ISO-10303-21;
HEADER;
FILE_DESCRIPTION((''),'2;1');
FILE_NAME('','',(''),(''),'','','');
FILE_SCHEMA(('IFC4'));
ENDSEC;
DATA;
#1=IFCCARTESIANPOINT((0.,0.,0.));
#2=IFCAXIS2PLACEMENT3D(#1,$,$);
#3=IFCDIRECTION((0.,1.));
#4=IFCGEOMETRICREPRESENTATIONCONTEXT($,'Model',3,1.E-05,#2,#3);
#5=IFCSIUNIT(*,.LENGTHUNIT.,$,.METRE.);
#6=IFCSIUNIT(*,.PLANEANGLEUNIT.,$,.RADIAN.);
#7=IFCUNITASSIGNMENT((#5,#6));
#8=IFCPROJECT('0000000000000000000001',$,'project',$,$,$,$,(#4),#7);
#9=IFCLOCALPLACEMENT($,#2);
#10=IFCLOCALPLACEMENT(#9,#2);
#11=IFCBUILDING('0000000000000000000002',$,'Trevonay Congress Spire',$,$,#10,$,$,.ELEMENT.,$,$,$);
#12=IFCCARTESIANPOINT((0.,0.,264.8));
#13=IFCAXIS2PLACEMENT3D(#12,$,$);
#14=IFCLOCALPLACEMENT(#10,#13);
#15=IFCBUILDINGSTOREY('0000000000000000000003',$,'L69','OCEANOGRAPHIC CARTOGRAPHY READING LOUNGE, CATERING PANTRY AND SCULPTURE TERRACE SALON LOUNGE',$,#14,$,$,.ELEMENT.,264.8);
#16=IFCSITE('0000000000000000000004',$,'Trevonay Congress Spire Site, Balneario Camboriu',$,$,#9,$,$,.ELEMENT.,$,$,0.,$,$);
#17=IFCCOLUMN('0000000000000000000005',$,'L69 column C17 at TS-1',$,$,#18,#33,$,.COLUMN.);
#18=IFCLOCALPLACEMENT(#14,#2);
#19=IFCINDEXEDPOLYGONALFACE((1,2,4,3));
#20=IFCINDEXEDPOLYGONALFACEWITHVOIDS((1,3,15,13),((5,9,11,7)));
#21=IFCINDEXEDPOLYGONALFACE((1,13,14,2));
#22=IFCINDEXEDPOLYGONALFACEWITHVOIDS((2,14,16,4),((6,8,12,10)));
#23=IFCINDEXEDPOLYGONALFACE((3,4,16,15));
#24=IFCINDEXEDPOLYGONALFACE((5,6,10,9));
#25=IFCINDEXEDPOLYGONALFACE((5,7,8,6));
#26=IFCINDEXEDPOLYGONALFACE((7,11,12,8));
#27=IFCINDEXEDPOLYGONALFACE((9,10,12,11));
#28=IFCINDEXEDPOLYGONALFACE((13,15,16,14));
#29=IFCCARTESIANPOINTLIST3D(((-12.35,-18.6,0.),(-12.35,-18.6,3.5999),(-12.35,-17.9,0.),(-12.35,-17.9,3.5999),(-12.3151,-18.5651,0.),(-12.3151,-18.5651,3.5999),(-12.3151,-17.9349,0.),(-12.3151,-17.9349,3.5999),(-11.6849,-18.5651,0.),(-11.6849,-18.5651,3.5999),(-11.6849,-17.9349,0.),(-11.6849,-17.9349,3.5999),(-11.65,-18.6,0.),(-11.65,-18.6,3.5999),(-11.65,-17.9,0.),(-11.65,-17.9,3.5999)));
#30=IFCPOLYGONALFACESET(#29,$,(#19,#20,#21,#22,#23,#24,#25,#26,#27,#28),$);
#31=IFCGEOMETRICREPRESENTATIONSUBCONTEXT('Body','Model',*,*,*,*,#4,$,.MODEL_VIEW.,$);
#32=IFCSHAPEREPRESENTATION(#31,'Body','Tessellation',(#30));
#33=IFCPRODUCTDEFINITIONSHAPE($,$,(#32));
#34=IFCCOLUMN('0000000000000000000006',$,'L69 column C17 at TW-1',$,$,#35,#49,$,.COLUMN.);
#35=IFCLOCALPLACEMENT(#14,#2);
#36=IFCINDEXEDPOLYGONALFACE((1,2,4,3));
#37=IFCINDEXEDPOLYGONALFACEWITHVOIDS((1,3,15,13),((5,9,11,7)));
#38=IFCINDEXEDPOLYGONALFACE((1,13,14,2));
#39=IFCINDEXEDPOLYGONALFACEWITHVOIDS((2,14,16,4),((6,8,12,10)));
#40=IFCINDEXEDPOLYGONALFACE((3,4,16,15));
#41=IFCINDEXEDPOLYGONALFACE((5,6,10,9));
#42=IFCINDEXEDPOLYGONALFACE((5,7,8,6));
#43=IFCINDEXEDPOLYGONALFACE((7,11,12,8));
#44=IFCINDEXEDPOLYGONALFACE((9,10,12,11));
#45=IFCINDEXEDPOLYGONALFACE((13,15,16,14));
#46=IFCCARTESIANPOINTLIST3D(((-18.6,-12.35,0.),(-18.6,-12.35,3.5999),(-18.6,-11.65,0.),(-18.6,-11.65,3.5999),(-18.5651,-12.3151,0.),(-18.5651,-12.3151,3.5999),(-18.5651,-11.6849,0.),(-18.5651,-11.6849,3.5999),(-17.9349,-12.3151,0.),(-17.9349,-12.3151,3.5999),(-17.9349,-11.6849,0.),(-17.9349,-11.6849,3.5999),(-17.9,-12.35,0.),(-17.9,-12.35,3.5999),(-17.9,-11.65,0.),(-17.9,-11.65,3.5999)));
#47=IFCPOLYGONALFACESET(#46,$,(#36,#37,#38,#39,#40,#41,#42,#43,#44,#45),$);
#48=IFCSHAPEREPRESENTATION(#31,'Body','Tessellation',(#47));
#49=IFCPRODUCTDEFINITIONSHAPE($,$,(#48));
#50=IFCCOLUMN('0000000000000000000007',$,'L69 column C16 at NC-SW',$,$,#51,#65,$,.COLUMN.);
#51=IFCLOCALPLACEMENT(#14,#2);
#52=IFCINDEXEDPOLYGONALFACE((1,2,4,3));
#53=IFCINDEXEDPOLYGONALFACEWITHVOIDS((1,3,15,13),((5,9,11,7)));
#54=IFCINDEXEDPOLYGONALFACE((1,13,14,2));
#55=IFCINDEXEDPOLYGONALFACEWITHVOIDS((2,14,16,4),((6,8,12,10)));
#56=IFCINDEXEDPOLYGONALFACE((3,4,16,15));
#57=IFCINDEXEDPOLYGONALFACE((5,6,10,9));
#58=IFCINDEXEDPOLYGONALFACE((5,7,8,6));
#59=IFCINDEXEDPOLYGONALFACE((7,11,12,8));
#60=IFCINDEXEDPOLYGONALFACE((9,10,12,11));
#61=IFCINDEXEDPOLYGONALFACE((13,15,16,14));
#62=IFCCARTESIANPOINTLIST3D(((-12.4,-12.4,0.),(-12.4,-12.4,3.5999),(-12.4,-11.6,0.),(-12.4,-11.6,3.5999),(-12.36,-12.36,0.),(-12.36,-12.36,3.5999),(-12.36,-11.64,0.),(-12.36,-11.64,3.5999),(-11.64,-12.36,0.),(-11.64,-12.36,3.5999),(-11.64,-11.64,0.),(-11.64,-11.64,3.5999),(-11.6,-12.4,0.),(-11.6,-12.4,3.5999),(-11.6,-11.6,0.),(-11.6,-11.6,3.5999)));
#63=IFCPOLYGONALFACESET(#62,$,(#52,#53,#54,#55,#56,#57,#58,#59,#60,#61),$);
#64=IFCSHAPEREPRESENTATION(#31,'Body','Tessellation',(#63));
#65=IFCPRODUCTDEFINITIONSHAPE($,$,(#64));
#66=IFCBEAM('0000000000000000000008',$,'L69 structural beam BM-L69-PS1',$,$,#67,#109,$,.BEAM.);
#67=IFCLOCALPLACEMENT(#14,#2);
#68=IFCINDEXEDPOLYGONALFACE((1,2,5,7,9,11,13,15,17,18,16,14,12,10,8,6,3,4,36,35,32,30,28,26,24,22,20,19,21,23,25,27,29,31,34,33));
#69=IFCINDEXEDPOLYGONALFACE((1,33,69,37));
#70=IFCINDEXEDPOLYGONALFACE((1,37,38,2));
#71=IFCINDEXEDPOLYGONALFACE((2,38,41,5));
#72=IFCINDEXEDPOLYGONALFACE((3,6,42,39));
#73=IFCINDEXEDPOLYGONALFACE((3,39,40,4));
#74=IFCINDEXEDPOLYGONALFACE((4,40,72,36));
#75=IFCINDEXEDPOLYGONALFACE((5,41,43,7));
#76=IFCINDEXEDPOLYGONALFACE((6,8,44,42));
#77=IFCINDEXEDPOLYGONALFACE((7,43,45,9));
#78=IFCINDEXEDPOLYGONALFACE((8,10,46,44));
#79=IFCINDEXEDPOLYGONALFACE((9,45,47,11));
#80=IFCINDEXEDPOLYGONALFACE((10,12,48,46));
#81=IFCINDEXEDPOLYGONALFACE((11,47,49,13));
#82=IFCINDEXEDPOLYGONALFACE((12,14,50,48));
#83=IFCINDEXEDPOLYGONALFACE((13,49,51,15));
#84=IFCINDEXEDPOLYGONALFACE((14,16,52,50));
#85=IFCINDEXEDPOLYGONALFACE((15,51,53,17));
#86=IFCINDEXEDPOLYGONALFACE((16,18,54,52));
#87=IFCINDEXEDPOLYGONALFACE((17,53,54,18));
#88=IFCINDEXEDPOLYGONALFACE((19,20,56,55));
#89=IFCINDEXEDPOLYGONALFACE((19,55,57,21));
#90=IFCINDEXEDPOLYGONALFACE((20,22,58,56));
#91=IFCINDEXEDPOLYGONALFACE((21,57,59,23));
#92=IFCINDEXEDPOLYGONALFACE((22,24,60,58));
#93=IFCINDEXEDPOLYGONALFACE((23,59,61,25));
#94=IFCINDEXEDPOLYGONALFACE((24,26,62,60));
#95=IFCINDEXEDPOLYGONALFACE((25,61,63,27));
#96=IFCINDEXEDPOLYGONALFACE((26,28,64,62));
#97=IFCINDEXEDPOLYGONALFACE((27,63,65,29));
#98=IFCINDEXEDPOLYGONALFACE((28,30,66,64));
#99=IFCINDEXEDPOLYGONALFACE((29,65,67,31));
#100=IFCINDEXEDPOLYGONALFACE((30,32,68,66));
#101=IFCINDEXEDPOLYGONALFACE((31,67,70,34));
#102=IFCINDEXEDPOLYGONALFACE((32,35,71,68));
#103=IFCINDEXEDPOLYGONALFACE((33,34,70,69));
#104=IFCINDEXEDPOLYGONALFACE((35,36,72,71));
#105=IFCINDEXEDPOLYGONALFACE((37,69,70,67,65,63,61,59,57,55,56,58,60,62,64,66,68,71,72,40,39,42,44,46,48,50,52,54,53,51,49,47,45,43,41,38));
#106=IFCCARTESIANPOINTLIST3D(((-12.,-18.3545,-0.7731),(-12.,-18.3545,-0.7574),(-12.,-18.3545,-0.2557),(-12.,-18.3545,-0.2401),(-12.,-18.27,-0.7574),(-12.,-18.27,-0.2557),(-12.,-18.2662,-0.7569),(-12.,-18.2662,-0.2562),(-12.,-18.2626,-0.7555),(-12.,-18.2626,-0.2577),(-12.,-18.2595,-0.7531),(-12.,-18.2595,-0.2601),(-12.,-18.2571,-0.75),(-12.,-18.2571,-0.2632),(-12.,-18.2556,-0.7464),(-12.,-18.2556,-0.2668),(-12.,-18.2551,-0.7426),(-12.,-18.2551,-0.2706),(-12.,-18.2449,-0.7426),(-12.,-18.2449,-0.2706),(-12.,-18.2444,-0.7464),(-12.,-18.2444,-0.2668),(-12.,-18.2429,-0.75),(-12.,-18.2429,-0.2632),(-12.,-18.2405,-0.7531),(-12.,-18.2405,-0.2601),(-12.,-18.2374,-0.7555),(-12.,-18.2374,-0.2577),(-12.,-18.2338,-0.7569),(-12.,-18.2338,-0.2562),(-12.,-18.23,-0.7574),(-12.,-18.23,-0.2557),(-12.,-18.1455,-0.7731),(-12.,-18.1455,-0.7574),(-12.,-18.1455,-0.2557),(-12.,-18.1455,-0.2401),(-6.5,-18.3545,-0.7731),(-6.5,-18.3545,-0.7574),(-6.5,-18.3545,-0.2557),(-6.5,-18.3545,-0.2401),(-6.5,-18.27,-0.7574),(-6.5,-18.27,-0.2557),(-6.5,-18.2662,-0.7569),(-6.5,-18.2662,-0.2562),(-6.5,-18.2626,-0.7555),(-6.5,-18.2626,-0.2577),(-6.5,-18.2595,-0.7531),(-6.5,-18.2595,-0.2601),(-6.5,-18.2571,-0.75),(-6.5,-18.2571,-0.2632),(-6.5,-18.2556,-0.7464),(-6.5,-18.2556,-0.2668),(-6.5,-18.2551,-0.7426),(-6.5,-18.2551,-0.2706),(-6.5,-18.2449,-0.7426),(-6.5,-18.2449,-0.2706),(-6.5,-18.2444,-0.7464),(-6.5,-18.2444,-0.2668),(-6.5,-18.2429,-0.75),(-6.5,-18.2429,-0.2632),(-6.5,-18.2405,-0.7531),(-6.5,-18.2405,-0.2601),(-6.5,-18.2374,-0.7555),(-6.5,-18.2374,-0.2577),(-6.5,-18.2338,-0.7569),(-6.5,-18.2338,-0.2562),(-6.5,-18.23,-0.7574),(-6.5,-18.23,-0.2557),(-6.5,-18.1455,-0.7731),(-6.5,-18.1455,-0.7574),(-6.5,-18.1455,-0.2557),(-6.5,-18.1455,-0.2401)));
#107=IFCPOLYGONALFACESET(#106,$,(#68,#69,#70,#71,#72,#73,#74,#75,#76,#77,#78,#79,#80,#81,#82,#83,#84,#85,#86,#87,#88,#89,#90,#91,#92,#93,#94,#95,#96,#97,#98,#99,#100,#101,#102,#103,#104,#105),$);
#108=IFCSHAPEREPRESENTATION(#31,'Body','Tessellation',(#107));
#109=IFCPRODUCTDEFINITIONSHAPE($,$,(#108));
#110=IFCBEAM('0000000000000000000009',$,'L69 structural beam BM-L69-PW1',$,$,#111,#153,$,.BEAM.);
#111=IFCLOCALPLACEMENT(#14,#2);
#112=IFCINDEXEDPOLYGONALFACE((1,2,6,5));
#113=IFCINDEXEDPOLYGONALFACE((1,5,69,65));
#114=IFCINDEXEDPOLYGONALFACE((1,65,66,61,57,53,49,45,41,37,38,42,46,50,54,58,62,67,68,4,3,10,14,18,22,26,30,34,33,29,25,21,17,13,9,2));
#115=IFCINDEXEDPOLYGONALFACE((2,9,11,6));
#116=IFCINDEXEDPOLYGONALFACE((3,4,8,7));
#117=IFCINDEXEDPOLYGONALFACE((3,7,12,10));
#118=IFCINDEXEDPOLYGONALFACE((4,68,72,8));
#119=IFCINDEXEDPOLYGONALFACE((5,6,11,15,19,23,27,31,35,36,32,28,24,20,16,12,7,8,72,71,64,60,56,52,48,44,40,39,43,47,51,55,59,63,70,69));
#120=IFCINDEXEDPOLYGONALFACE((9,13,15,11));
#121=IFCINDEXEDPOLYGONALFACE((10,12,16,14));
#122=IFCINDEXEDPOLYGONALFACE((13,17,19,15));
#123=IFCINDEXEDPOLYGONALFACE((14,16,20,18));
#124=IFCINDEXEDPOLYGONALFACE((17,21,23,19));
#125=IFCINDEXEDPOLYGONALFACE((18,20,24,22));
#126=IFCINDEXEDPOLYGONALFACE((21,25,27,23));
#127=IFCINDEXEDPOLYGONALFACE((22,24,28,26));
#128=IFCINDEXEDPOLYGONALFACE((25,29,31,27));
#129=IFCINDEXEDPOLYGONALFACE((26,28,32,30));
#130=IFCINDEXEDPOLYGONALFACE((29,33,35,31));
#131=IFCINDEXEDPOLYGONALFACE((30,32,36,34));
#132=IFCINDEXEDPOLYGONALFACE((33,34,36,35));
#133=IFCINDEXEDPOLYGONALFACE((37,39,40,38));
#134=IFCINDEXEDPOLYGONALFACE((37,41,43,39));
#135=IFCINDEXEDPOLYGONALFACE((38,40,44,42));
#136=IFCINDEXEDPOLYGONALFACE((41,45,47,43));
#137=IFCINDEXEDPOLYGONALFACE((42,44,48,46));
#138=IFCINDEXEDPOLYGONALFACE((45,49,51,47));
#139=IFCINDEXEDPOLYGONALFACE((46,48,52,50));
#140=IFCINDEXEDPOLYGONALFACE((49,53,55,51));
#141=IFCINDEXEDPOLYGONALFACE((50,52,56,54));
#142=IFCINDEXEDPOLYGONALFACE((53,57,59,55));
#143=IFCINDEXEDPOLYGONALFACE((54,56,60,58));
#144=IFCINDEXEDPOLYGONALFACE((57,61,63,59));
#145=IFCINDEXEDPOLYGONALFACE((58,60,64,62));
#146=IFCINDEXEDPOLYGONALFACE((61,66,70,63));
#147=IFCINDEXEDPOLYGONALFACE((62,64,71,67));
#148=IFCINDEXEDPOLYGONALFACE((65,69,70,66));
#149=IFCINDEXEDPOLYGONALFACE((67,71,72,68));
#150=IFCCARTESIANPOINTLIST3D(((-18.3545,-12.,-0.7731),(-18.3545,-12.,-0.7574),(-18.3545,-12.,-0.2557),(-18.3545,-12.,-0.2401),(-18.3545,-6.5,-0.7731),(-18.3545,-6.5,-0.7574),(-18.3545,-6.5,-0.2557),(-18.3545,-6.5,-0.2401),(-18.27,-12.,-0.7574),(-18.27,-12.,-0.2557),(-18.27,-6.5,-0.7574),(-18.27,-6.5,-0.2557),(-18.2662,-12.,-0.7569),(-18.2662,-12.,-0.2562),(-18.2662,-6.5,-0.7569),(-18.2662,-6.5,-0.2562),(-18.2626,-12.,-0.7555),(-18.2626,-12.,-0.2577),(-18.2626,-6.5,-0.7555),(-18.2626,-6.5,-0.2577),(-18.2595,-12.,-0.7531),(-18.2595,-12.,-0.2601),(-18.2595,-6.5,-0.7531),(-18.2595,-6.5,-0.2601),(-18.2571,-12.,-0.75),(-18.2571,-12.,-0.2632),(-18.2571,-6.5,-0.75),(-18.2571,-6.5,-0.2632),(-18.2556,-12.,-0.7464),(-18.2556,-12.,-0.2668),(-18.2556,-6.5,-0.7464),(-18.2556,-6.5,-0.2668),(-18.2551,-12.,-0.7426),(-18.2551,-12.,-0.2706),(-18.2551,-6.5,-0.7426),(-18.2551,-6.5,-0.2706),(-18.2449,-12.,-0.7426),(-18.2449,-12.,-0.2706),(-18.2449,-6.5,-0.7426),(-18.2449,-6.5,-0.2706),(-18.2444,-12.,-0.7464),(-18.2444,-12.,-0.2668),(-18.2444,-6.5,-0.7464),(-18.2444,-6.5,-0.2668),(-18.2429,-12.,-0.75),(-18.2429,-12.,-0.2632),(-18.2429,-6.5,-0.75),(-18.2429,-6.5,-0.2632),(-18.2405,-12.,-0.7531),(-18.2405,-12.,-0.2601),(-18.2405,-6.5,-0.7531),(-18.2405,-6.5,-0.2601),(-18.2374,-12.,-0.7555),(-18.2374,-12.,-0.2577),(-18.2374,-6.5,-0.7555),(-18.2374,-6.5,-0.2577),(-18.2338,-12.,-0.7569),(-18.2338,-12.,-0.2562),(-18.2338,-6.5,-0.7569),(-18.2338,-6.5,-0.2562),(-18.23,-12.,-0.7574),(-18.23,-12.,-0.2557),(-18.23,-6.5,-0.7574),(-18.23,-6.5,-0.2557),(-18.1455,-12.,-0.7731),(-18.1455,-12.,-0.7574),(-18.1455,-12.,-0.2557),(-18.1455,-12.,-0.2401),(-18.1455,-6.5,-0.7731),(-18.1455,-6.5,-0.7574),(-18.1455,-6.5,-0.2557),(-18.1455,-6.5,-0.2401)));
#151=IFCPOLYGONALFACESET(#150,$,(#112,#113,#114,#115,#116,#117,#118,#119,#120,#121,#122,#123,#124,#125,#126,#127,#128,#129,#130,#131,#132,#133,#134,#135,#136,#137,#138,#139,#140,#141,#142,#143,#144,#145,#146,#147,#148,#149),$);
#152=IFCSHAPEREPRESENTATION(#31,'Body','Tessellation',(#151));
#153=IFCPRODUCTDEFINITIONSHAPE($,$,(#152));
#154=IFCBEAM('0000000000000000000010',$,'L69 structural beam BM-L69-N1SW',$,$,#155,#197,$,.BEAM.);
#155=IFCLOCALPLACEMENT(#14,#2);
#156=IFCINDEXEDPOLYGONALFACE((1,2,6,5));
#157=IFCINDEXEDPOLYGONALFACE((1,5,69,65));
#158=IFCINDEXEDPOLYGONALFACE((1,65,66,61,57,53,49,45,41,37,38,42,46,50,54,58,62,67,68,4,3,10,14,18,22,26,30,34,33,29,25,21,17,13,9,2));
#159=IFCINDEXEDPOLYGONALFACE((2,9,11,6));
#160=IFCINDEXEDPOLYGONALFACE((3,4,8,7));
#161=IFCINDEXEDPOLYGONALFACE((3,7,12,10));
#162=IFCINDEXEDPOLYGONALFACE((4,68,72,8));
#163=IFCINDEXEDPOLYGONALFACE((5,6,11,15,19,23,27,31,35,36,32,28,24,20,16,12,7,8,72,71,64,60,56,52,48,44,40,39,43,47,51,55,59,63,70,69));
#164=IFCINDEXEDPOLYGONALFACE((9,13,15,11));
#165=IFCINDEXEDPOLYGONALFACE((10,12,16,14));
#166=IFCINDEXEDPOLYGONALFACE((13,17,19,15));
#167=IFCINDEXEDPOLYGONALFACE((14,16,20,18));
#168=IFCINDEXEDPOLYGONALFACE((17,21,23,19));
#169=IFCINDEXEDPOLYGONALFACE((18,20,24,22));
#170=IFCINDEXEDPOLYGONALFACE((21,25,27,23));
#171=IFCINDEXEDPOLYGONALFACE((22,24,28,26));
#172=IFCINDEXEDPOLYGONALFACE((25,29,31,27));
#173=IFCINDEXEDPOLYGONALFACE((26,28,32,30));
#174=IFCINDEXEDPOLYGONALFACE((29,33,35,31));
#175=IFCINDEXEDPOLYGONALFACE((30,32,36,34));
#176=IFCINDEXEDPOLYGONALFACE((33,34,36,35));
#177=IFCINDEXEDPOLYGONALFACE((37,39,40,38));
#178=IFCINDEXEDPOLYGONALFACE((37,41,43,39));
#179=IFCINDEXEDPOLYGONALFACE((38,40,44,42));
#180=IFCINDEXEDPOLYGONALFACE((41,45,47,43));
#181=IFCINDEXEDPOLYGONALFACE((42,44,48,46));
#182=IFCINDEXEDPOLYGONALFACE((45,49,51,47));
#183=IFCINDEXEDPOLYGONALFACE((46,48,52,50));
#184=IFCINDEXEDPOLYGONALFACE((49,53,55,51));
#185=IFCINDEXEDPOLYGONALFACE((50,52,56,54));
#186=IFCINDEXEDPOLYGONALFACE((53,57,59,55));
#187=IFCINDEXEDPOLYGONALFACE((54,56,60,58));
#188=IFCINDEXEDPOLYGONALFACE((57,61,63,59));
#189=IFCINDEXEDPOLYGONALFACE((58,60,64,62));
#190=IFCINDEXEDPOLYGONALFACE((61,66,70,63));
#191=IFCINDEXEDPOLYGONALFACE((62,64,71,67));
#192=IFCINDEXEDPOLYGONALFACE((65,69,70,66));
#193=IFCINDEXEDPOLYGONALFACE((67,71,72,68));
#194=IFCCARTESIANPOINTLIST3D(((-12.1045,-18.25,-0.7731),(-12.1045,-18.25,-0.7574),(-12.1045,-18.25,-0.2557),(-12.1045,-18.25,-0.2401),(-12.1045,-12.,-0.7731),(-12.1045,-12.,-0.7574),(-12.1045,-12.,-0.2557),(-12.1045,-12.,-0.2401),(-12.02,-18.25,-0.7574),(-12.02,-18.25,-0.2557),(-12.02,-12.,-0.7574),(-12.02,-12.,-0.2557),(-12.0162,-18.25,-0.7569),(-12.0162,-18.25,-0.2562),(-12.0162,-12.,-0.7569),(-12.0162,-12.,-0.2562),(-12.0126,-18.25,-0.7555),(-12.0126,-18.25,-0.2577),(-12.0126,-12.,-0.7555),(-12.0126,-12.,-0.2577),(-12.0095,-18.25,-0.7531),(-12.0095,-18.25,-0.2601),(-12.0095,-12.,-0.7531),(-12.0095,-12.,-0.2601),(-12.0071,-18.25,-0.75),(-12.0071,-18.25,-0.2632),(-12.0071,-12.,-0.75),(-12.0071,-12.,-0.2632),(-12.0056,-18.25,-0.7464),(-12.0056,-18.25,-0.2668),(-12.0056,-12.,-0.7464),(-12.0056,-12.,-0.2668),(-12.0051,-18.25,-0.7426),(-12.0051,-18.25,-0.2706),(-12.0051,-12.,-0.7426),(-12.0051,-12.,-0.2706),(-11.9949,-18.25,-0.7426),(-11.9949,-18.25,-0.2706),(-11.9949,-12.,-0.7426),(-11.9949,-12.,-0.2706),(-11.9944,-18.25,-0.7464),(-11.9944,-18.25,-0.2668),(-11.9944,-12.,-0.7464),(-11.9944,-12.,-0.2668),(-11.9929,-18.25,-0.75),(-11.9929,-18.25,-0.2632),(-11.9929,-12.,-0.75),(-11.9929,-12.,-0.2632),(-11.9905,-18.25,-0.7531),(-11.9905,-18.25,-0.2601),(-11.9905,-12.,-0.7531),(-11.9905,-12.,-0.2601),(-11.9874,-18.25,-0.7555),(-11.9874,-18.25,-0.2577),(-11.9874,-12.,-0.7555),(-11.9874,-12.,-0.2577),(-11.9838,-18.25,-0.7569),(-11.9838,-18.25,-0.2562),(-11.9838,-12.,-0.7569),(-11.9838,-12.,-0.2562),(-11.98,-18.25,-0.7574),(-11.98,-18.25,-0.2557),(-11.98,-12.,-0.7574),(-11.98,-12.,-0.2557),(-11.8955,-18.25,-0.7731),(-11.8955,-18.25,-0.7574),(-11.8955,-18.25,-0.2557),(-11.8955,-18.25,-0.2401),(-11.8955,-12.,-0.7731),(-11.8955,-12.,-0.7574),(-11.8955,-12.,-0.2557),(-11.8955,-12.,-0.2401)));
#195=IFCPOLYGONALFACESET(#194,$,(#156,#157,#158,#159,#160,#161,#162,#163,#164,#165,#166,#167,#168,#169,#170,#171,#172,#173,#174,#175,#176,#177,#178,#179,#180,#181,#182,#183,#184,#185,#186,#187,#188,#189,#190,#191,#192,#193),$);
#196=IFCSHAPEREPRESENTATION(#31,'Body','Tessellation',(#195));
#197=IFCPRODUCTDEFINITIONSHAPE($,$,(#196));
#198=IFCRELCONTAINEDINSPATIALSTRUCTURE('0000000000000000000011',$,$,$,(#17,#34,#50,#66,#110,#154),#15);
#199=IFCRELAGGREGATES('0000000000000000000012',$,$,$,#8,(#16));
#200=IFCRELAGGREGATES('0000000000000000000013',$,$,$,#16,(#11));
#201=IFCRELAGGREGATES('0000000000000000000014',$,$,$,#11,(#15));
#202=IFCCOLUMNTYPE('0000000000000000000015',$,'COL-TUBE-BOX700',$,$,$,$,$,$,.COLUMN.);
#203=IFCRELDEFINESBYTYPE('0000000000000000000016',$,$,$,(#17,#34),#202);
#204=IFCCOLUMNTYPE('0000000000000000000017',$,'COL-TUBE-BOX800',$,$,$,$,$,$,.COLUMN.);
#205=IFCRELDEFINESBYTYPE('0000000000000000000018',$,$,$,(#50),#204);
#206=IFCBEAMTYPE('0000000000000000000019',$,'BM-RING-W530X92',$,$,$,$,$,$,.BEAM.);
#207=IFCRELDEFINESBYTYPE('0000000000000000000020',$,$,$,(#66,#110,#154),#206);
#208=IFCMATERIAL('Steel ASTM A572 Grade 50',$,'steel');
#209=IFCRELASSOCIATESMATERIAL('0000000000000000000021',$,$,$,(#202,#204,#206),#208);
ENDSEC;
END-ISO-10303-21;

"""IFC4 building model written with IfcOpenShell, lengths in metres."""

from ifc_helpers import new_model, si_unit, direction, frame, origin, origin_2d, place, context, subcontext, project, spatial, hollow_rectangle, i_section, extrude, material, material_profile, profile_set, type_object, element, save


model = new_model("IFC4")

# Units and contexts
model_context = context("Model", 3, precision=1e-05, world=origin(), true_north=direction((0.0, 1.0)))
body_context = subcontext(model_context, "Body", "Model", "MODEL_VIEW")
ifc_project = project(units=[si_unit("LENGTHUNIT", "METRE"), si_unit("PLANEANGLEUNIT", "RADIAN")], contexts=[model_context])

# Site, building, storey
site_placement = place(None, origin())
site = spatial("IfcSite", under=ifc_project, at=site_placement, Name="Trevonay Congress Spire Site, Balneario Camboriu", CompositionType="ELEMENT", RefElevation=0.0)
building_placement = place(site_placement, origin())
building = spatial("IfcBuilding", under=site, at=building_placement, Name="Trevonay Congress Spire", CompositionType="ELEMENT")
storey_placement = place(building_placement, frame((0.0, 0.0, 264.8)))
storey = spatial("IfcBuildingStorey", under=building, at=storey_placement, Name="L69", Description="OCEANOGRAPHIC CARTOGRAPHY READING LOUNGE, CATERING PANTRY AND SCULPTURE TERRACE SALON LOUNGE", CompositionType="ELEMENT", Elevation=264.8)

# Columns
ifc_material_1 = material(Name="Steel ASTM A572 Grade 50", Category="steel")
ifc_material_profile_1 = material_profile(ifc_material_1, hollow_rectangle(XDim=0.7, YDim=0.7, WallThickness=0.0349, at=origin_2d()), Name="BOX 700x700x35")
ifc_profile_set_1 = profile_set([ifc_material_profile_1], Name="Steel ASTM A572 Grade 50")
column_type_1 = type_object("IfcColumnType", Name="COL-TUBE-BOX700", PredefinedType="COLUMN", material=ifc_profile_set_1)
for number, where, z_axis, x_axis, name in (
    (1, (-12.0, -18.25, 0.0), (0.0, 0.0, 1.0), (1.0, 0.0, 0.0), "L69 column C17 at TS-1"),
    (2, (-18.25, -12.0, 0.0), (0.0, 0.0, 1.0), (1.0, 0.0, 0.0), "L69 column C17 at TW-1"),
):
    element("IfcColumn", number, at=place(storey_placement, frame(where, z_axis=z_axis, x_axis=x_axis)), inside=storey, type_object=column_type_1, Name=name, PredefinedType="COLUMN", context=body_context, shape_type="SweptSolid", body=[
        extrude(hollow_rectangle(XDim=0.7, YDim=0.7, WallThickness=0.0349, at=origin_2d()), origin(), (0.0, 0.0, 1.0), 3.5999),
    ])
ifc_material_profile_2 = material_profile(ifc_material_1, hollow_rectangle(XDim=0.8, YDim=0.8, WallThickness=0.04, at=origin_2d()), Name="BOX 800x800x40")
ifc_profile_set_2 = profile_set([ifc_material_profile_2], Name="Steel ASTM A572 Grade 50")
column_type_2 = type_object("IfcColumnType", Name="COL-TUBE-BOX800", PredefinedType="COLUMN", material=ifc_profile_set_2)
column_placement = place(storey_placement, frame((-12.0, -12.0, 0.0), z_axis=(0.0, 0.0, 1.0), x_axis=(1.0, 0.0, 0.0)))
element("IfcColumn", 3, at=column_placement, inside=storey, type_object=column_type_2, Name="L69 column C16 at NC-SW", PredefinedType="COLUMN", context=body_context, shape_type="SweptSolid", body=[
    extrude(hollow_rectangle(XDim=0.8, YDim=0.8, WallThickness=0.04, at=origin_2d()), origin(), (0.0, 0.0, 1.0), 3.5999),
])

# Beams
ifc_material_profile_3 = material_profile(ifc_material_1, i_section(OverallWidth=0.209, OverallDepth=0.533, WebThickness=0.0103, FlangeThickness=0.0156, FilletRadius=0.0149, at=origin_2d()), Name="W530x92")
ifc_profile_set_3 = profile_set([ifc_material_profile_3], Name="Steel ASTM A572 Grade 50")
beam_type_1 = type_object("IfcBeamType", Name="BM-RING-W530X92", PredefinedType="BEAM", material=ifc_profile_set_3)
for number, where, z_axis, x_axis, name in (
    (4, (-12.0, -18.25, -0.5066), (1.0, 0.0, 0.0), (0.0, 1.0, 0.0), "L69 structural beam BM-L69-PS1"),
    (5, (-18.25, -12.0, -0.5066), (0.0, 1.0, 0.0), (-1.0, 0.0, 0.0), "L69 structural beam BM-L69-PW1"),
):
    element("IfcBeam", number, at=place(storey_placement, frame(where, z_axis=z_axis, x_axis=x_axis)), inside=storey, type_object=beam_type_1, Name=name, PredefinedType="BEAM", context=body_context, shape_type="SweptSolid", body=[
        extrude(i_section(OverallWidth=0.209, OverallDepth=0.533, WebThickness=0.0103, FlangeThickness=0.0156, FilletRadius=0.0149, at=origin_2d()), origin(), (0.0, 0.0, 1.0), 5.5),
    ])
for number, where, z_axis, x_axis, name in (
    (6, (-12.0, -18.25, -0.5066), (0.0, 1.0, 0.0), (-1.0, 0.0, 0.0), "L69 structural beam BM-L69-N1SW"),
):
    element("IfcBeam", number, at=place(storey_placement, frame(where, z_axis=z_axis, x_axis=x_axis)), inside=storey, type_object=beam_type_1, Name=name, PredefinedType="BEAM", context=body_context, shape_type="SweptSolid", body=[
        extrude(i_section(OverallWidth=0.209, OverallDepth=0.533, WebThickness=0.0103, FlangeThickness=0.0156, FilletRadius=0.0149, at=origin_2d()), origin(), (0.0, 0.0, 1.0), 6.25),
    ])

save(model, "model.ifc")
